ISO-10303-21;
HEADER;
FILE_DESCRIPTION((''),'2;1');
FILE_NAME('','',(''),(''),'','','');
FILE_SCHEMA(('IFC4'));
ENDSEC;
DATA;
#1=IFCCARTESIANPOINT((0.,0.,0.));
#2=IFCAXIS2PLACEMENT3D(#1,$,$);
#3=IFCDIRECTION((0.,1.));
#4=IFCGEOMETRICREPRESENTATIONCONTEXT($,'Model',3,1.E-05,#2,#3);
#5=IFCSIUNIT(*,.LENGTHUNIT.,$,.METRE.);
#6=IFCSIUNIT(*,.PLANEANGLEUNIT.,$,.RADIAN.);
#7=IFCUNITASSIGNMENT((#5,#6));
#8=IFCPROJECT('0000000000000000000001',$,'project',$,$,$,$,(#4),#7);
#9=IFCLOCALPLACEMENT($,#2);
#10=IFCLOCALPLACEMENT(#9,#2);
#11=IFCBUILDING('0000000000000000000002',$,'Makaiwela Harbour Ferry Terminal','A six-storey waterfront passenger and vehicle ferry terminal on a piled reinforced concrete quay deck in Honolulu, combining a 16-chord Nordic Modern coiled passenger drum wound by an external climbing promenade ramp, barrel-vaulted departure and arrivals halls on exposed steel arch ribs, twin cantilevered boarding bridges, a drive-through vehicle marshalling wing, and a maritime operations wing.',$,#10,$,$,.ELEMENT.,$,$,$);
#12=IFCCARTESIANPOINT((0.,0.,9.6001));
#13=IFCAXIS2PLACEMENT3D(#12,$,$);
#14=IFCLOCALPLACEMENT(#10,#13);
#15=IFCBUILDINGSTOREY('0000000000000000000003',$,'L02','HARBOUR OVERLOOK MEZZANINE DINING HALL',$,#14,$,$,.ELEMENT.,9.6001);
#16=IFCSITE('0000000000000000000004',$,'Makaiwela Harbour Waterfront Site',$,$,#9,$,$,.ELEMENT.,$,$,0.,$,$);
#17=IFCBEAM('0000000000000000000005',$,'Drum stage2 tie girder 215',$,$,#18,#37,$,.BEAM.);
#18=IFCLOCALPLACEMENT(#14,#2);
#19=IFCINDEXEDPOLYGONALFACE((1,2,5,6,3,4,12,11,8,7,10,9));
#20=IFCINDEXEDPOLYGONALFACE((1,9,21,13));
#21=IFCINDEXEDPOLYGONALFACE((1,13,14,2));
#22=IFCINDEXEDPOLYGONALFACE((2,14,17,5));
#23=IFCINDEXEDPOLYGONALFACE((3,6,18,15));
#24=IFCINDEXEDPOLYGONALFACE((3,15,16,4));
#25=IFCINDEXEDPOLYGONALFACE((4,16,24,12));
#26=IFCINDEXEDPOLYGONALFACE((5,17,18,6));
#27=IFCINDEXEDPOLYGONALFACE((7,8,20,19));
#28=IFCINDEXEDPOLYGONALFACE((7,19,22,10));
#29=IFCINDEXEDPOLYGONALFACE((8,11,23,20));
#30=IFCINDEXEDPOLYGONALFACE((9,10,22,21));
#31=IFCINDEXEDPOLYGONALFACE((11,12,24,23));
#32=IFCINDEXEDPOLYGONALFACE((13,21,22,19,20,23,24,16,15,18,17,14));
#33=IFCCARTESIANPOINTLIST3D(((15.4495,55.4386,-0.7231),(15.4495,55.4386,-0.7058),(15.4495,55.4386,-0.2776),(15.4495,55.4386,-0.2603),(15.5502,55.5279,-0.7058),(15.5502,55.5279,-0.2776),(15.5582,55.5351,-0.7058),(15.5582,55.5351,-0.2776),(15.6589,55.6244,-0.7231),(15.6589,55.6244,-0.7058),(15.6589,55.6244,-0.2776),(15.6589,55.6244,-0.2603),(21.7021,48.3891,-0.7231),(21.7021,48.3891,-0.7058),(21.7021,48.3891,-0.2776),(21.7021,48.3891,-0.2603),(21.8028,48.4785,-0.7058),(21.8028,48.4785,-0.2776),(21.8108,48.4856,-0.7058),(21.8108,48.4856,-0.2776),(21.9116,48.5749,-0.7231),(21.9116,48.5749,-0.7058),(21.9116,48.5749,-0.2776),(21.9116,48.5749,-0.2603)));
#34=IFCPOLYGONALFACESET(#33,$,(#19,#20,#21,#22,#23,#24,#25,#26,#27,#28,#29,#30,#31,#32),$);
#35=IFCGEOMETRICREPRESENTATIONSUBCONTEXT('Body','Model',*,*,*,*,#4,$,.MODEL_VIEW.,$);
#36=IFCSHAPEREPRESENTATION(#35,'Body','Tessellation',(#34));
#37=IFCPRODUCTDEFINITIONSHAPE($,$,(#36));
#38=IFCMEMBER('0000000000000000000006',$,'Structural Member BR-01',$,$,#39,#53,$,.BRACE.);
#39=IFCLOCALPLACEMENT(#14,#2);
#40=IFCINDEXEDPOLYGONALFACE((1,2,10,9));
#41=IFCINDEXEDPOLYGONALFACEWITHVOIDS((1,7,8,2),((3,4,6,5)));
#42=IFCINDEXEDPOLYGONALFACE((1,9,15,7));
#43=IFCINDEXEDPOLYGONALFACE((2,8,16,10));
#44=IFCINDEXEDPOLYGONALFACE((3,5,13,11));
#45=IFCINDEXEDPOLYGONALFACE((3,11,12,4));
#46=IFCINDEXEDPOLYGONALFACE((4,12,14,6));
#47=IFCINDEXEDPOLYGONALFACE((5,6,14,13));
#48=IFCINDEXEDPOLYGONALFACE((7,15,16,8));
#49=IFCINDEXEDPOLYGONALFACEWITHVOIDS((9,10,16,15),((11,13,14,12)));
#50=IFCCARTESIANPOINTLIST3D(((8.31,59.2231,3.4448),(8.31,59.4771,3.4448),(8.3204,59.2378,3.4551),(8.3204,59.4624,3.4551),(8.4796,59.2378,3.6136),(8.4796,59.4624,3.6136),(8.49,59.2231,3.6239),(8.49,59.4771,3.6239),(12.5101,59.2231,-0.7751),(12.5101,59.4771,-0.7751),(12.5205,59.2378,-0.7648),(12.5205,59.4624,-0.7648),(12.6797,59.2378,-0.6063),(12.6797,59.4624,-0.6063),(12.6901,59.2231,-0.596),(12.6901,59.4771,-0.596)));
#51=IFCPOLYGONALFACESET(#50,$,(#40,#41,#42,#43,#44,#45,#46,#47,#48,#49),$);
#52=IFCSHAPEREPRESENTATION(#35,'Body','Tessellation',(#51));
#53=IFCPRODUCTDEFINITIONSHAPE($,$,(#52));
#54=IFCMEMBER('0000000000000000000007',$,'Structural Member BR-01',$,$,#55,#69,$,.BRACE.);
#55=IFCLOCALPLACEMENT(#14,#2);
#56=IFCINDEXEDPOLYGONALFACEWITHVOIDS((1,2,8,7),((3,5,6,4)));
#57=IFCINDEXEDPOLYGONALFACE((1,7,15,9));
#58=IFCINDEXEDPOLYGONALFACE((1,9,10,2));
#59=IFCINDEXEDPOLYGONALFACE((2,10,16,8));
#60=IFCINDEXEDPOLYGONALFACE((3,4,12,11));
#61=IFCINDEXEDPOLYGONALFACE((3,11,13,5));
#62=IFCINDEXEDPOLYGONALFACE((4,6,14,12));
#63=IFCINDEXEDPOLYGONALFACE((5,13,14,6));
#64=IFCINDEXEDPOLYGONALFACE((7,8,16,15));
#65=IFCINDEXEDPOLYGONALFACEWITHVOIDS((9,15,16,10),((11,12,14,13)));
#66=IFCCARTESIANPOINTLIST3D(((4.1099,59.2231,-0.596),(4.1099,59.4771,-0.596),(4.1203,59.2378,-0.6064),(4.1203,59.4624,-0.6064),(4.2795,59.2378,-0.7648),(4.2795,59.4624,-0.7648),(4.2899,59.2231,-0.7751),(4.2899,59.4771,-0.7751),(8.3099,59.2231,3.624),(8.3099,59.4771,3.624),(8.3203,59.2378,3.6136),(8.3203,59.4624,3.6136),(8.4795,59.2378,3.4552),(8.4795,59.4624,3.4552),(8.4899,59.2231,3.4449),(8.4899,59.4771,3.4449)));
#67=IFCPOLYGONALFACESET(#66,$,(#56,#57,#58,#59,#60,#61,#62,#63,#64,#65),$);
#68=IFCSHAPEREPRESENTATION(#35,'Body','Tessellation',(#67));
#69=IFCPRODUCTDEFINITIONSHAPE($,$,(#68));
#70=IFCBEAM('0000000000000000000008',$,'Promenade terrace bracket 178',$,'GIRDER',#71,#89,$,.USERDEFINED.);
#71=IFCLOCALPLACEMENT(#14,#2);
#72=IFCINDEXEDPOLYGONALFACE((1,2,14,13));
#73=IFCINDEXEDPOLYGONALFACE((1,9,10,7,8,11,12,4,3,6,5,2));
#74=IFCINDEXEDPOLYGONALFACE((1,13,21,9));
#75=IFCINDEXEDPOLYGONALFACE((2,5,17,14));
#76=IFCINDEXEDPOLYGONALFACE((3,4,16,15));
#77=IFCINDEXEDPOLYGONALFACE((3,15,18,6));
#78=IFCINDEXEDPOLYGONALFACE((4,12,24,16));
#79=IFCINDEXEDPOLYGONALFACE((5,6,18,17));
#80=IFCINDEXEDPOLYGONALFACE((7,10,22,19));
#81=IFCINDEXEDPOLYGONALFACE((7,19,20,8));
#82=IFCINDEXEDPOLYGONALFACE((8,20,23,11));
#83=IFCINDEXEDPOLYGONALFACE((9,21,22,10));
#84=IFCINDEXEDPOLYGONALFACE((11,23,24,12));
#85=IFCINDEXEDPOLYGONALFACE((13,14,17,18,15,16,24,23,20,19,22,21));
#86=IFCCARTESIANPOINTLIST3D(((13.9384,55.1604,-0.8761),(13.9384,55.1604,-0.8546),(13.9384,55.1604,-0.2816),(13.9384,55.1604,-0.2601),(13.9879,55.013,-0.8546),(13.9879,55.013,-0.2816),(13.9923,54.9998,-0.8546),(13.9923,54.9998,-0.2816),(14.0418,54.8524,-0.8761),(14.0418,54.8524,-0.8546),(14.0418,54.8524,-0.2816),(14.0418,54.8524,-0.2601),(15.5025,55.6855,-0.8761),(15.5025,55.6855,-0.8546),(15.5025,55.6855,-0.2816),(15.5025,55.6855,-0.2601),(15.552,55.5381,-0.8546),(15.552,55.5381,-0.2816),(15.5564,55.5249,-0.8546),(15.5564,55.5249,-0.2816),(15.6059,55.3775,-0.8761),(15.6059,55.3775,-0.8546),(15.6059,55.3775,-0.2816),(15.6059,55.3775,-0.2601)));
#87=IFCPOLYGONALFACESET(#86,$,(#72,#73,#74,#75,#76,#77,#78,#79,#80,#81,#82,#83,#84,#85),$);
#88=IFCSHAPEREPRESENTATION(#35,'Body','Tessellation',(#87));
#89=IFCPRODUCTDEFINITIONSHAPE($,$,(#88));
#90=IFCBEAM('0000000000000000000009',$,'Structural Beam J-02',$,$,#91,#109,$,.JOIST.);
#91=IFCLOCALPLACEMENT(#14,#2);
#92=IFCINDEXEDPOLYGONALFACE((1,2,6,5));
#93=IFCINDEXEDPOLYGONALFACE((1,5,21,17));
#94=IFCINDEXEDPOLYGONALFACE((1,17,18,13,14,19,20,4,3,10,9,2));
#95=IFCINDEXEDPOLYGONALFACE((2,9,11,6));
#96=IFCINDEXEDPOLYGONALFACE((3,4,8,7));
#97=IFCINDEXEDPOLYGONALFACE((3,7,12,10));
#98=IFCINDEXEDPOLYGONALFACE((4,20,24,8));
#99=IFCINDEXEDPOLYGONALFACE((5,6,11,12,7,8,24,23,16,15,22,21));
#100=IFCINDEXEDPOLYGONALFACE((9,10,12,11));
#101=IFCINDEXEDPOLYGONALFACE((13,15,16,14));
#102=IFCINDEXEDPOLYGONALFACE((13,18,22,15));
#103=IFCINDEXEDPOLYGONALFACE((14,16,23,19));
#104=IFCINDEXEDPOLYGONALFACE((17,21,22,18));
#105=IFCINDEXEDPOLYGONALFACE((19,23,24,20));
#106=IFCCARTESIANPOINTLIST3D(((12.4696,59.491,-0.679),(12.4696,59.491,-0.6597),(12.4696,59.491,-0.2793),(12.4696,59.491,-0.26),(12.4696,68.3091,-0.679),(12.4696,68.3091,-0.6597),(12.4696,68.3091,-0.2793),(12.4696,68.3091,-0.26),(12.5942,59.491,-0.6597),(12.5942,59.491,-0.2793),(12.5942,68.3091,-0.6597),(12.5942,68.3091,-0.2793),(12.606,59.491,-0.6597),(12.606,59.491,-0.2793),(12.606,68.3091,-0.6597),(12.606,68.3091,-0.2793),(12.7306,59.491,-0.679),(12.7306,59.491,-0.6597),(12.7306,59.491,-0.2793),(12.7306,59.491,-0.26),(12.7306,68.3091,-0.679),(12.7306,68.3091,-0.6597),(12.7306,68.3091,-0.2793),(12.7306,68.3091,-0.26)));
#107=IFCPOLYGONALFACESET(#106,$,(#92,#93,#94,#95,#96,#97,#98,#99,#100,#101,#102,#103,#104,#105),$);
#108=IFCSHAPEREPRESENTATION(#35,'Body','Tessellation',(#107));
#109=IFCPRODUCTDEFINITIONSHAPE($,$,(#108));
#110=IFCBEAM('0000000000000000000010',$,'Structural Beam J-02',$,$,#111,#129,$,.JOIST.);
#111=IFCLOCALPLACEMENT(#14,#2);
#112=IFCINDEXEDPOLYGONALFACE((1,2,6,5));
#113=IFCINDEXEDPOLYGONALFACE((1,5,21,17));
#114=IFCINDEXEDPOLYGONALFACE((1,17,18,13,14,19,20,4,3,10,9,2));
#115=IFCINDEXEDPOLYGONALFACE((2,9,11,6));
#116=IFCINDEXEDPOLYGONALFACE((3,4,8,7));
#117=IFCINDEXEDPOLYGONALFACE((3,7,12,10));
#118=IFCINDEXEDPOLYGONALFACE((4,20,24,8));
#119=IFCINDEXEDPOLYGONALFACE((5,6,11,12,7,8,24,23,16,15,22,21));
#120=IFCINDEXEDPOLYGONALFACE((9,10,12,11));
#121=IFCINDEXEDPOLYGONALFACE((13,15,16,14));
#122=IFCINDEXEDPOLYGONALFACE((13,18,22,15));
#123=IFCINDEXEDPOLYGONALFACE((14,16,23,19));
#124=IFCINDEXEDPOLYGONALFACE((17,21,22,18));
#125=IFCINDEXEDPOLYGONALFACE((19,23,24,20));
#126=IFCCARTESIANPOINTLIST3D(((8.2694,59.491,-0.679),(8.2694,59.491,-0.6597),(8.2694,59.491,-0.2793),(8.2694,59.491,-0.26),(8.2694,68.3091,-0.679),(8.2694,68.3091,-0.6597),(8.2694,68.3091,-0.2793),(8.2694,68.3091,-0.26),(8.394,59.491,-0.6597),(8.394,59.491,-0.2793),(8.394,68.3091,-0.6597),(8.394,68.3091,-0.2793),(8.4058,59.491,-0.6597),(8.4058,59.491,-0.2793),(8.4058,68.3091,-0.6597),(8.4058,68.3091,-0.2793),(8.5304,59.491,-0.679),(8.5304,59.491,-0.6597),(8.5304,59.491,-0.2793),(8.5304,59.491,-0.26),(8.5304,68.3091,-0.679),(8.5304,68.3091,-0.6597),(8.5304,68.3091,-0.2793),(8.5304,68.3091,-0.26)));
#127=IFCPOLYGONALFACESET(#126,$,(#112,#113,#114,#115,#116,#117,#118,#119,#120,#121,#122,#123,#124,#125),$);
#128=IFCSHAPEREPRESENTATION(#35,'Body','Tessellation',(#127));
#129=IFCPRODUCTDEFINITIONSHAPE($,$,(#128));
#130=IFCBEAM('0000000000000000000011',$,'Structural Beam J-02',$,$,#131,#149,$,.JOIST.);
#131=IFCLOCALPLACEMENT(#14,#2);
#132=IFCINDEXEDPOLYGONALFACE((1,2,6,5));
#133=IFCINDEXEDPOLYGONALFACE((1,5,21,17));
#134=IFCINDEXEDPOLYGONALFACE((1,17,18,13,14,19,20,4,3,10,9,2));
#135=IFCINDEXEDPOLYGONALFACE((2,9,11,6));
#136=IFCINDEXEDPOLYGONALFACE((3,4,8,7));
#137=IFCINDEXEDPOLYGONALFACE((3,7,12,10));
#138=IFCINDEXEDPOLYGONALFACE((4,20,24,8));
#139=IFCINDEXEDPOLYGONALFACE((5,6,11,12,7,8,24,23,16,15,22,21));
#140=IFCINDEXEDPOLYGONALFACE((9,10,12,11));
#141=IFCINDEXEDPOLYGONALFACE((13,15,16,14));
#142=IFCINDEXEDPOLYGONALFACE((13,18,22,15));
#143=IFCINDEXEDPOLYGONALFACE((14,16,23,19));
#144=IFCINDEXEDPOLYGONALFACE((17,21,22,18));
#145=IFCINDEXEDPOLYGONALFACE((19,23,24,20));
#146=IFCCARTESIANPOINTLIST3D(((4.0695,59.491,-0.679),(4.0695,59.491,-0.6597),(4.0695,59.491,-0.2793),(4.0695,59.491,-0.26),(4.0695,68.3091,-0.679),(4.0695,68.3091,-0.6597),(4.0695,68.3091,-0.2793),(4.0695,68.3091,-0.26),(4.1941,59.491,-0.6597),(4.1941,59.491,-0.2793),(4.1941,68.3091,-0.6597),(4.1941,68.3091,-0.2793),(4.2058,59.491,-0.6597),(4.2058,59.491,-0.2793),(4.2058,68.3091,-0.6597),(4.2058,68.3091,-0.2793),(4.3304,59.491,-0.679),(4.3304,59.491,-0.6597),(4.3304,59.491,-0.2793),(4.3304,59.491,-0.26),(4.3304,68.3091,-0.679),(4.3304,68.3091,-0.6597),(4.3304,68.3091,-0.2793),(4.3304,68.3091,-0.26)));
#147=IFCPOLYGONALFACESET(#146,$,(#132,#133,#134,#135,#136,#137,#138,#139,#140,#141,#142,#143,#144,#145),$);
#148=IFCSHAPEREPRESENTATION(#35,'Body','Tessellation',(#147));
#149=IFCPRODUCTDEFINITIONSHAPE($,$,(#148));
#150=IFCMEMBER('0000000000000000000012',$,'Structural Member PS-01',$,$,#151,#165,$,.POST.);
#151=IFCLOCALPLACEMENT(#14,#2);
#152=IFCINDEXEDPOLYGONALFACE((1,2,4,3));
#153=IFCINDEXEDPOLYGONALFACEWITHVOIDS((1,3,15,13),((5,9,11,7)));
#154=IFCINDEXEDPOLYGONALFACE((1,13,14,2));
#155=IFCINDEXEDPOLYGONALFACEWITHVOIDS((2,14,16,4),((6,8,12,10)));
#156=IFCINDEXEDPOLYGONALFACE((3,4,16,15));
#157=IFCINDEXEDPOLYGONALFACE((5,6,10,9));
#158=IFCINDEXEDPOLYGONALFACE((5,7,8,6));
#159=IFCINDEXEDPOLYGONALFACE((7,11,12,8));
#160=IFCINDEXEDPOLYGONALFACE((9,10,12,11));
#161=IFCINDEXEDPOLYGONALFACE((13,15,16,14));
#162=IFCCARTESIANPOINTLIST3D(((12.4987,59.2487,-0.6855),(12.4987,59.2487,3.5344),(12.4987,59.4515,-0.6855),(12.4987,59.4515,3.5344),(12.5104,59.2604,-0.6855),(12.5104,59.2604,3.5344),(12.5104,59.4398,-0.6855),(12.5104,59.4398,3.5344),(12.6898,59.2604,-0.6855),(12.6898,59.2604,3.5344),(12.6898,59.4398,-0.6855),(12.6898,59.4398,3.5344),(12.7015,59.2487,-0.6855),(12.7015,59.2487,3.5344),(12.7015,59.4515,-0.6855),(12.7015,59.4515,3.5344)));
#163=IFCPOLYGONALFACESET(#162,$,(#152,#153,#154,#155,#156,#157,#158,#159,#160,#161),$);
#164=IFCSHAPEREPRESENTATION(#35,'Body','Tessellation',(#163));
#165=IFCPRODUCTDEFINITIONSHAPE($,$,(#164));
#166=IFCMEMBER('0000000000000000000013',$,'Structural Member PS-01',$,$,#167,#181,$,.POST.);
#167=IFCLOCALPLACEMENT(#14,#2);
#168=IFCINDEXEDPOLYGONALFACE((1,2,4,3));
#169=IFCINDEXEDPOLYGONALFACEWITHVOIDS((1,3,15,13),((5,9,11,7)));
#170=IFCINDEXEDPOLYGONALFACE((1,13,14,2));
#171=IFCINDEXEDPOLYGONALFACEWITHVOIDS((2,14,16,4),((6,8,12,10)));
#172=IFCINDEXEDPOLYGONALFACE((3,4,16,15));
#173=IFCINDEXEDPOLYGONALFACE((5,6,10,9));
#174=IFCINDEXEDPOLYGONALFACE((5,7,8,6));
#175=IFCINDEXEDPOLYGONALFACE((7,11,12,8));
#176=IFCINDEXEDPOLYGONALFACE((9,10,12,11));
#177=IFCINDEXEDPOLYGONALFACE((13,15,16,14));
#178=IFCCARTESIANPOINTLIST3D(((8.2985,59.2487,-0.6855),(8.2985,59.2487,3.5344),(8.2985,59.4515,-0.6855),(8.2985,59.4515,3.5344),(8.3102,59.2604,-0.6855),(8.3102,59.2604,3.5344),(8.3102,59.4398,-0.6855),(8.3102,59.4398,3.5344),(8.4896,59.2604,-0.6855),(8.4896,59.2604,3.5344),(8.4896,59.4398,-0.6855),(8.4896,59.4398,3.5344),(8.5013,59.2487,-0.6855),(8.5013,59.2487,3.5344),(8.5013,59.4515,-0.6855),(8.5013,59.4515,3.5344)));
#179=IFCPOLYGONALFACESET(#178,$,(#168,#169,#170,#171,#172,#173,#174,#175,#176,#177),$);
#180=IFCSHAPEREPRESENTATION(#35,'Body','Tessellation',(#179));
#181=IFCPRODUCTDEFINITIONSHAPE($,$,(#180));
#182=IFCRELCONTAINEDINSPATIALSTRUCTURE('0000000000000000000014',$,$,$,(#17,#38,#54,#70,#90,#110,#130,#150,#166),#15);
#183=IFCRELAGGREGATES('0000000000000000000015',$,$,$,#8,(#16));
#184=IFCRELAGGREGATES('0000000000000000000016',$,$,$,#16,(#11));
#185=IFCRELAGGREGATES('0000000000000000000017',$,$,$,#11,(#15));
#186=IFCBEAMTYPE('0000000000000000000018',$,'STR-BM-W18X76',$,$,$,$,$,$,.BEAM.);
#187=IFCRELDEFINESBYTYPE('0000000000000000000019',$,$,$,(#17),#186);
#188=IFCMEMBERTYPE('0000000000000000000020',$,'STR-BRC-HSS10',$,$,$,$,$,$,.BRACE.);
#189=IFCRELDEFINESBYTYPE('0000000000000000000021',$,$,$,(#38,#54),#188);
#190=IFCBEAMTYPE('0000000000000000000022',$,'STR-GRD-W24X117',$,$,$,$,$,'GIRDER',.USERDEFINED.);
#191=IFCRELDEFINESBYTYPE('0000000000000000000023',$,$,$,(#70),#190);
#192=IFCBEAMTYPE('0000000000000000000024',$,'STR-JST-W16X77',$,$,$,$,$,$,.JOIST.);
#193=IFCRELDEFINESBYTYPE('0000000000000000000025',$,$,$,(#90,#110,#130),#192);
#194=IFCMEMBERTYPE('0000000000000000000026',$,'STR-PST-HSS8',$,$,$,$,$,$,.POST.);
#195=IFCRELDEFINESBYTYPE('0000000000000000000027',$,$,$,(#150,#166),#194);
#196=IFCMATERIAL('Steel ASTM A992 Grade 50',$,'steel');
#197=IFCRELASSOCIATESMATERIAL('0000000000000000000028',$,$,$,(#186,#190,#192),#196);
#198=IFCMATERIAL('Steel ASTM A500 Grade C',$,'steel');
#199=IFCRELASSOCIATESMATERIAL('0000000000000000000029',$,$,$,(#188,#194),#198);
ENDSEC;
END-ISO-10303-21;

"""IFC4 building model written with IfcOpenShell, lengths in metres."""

from ifc_helpers import new_model, si_unit, direction, frame, origin, origin_2d, place, context, subcontext, project, spatial, hollow_rectangle, i_section, extrude, material, material_profile, profile_set, type_object, element, save


model = new_model("IFC4")

# Units and contexts
model_context = context("Model", 3, precision=1e-05, world=origin(), true_north=direction((0.0, 1.0)))
body_context = subcontext(model_context, "Body", "Model", "MODEL_VIEW")
ifc_project = project(units=[si_unit("LENGTHUNIT", "METRE"), si_unit("PLANEANGLEUNIT", "RADIAN")], contexts=[model_context])

# Site, building, storey
site_placement = place(None, origin())
site = spatial("IfcSite", under=ifc_project, at=site_placement, Name="Makaiwela Harbour Waterfront Site", CompositionType="ELEMENT", RefElevation=0.0)
building_placement = place(site_placement, origin())
building = spatial("IfcBuilding", under=site, at=building_placement, Name="Makaiwela Harbour Ferry Terminal", Description="A six-storey waterfront passenger and vehicle ferry terminal on a piled reinforced concrete quay deck in Honolulu, combining a 16-chord Nordic Modern coiled passenger drum wound by an external climbing promenade ramp, barrel-vaulted departure and arrivals halls on exposed steel arch ribs, twin cantilevered boarding bridges, a drive-through vehicle marshalling wing, and a maritime operations wing.", CompositionType="ELEMENT")
storey_placement = place(building_placement, frame((0.0, 0.0, 9.6001)))
storey = spatial("IfcBuildingStorey", under=building, at=storey_placement, Name="L02", Description="HARBOUR OVERLOOK MEZZANINE DINING HALL", CompositionType="ELEMENT", Elevation=9.6001)

# Beam
ifc_material_1 = material(Name="Steel ASTM A992 Grade 50", Category="steel")
ifc_material_profile_1 = material_profile(ifc_material_1, i_section(OverallWidth=0.28, OverallDepth=0.4629, WebThickness=0.0107, FlangeThickness=0.0173, at=origin_2d()), Name="W18X76")
ifc_profile_set_1 = profile_set([ifc_material_profile_1], Name="Steel ASTM A992 Grade 50")
beam_type_1 = type_object("IfcBeamType", Name="STR-BM-W18X76", PredefinedType="BEAM", material=ifc_profile_set_1)
beam_1_placement = place(storey_placement, frame((15.5542, 55.5315, -0.4917), z_axis=(0.663558, -0.748125, 0.0), x_axis=(0.748125, 0.663558, 0.0)))
element("IfcBeam", 1, at=beam_1_placement, inside=storey, type_object=beam_type_1, Name="Drum stage2 tie girder 215", PredefinedType="BEAM", context=body_context, shape_type="SweptSolid", body=[
    extrude(i_section(OverallWidth=0.28, OverallDepth=0.4629, WebThickness=0.0107, FlangeThickness=0.0173, at=origin_2d()), origin(), (0.0, 0.0, 1.0), 9.4229),
])

# Members
ifc_material_2 = material(Name="Steel ASTM A500 Grade C", Category="steel")
ifc_material_profile_2 = material_profile(ifc_material_2, hollow_rectangle(XDim=0.2539, YDim=0.2539, WallThickness=0.0146, at=origin_2d()), Name="HSS10X10X5/8")
ifc_profile_set_2 = profile_set([ifc_material_profile_2], Name="Steel ASTM A500 Grade C")
member_type_1 = type_object("IfcMemberType", Name="STR-BRC-HSS10", PredefinedType="BRACE", material=ifc_profile_set_2)
for number, where, z_axis, x_axis, name in (
    (2, (12.6001, 59.3501, -0.6855), (-0.705444, 0.0, 0.708766), (0.0, -1.0, 0.0), "Structural Member BR-01"),
    (3, (8.3999, 59.3501, 3.5344), (-0.705424, 0.0, -0.708786), (0.0, -1.0, 0.0), "Structural Member BR-01"),
):
    element("IfcMember", number, at=place(storey_placement, frame(where, z_axis=z_axis, x_axis=x_axis)), inside=storey, type_object=member_type_1, Name=name, PredefinedType="BRACE", context=body_context, shape_type="SweptSolid", body=[
        extrude(hollow_rectangle(XDim=0.2539, YDim=0.2539, WallThickness=0.0146, at=origin_2d()), origin(), (0.0, 0.0, 1.0), 5.9539),
    ])

# Beams
ifc_material_profile_3 = material_profile(ifc_material_1, i_section(OverallWidth=0.325, OverallDepth=0.616, WebThickness=0.0139, FlangeThickness=0.0215, at=origin_2d()), Name="W24X117")
ifc_profile_set_3 = profile_set([ifc_material_profile_3], Name="Steel ASTM A992 Grade 50")
beam_type_2 = type_object("IfcBeamType", Name="STR-GRD-W24X117", ElementType="GIRDER", PredefinedType="USERDEFINED", material=ifc_profile_set_3)
beam_2_placement = place(storey_placement, frame((15.5542, 55.5315, -0.5681), z_axis=(-0.948, -0.318269, 0.0), x_axis=(0.318269, -0.948, 0.0)))
element("IfcBeam", 4, at=beam_2_placement, inside=storey, type_object=beam_type_2, Name="Promenade terrace bracket 178", ObjectType="GIRDER", PredefinedType="USERDEFINED", context=body_context, shape_type="SweptSolid", body=[
    extrude(i_section(OverallWidth=0.325, OverallDepth=0.616, WebThickness=0.0139, FlangeThickness=0.0215, at=origin_2d()), origin(), (0.0, 0.0, 1.0), 1.6499),
])
ifc_material_profile_4 = material_profile(ifc_material_1, i_section(OverallWidth=0.261, OverallDepth=0.4189, WebThickness=0.0117, FlangeThickness=0.0193, at=origin_2d()), Name="W16X77")
ifc_profile_set_4 = profile_set([ifc_material_profile_4], Name="Steel ASTM A992 Grade 50")
beam_type_3 = type_object("IfcBeamType", Name="STR-JST-W16X77", PredefinedType="JOIST", material=ifc_profile_set_4)
for number, where, z_axis, x_axis, name in (
    (5, (12.6001, 59.491, -0.4695), (0.0, 1.0, 0.0), (-1.0, 0.0, 0.0), "Structural Beam J-02"),
    (6, (8.3999, 59.491, -0.4695), (0.0, 1.0, 0.0), (-1.0, 0.0, 0.0), "Structural Beam J-02"),
    (7, (4.2, 59.491, -0.4695), (0.0, 1.0, 0.0), (-1.0, 0.0, 0.0), "Structural Beam J-02"),
):
    element("IfcBeam", number, at=place(storey_placement, frame(where, z_axis=z_axis, x_axis=x_axis)), inside=storey, type_object=beam_type_3, Name=name, PredefinedType="JOIST", context=body_context, shape_type="SweptSolid", body=[
        extrude(i_section(OverallWidth=0.261, OverallDepth=0.4189, WebThickness=0.0117, FlangeThickness=0.0193, at=origin_2d()), origin(), (0.0, 0.0, 1.0), 8.8181),
    ])

# Members
ifc_material_profile_5 = material_profile(ifc_material_2, hollow_rectangle(XDim=0.2029, YDim=0.2029, WallThickness=0.0117, at=origin_2d()), Name="HSS8X8X1/2")
ifc_profile_set_5 = profile_set([ifc_material_profile_5], Name="Steel ASTM A500 Grade C")
member_type_2 = type_object("IfcMemberType", Name="STR-PST-HSS8", PredefinedType="POST", material=ifc_profile_set_5)
for number, where, z_axis, x_axis, name in (
    (8, (12.6001, 59.3501, -0.6855), (0.0, 0.0, 1.0), (1.0, 0.0, 0.0), "Structural Member PS-01"),
    (9, (8.3999, 59.3501, -0.6855), (0.0, 0.0, 1.0), (1.0, 0.0, 0.0), "Structural Member PS-01"),
):
    element("IfcMember", number, at=place(storey_placement, frame(where, z_axis=z_axis, x_axis=x_axis)), inside=storey, type_object=member_type_2, Name=name, PredefinedType="POST", context=body_context, shape_type="SweptSolid", body=[
        extrude(hollow_rectangle(XDim=0.2029, YDim=0.2029, WallThickness=0.0117, at=origin_2d()), origin(), (0.0, 0.0, 1.0), 4.22),
    ])

save(model, "model.ifc")
